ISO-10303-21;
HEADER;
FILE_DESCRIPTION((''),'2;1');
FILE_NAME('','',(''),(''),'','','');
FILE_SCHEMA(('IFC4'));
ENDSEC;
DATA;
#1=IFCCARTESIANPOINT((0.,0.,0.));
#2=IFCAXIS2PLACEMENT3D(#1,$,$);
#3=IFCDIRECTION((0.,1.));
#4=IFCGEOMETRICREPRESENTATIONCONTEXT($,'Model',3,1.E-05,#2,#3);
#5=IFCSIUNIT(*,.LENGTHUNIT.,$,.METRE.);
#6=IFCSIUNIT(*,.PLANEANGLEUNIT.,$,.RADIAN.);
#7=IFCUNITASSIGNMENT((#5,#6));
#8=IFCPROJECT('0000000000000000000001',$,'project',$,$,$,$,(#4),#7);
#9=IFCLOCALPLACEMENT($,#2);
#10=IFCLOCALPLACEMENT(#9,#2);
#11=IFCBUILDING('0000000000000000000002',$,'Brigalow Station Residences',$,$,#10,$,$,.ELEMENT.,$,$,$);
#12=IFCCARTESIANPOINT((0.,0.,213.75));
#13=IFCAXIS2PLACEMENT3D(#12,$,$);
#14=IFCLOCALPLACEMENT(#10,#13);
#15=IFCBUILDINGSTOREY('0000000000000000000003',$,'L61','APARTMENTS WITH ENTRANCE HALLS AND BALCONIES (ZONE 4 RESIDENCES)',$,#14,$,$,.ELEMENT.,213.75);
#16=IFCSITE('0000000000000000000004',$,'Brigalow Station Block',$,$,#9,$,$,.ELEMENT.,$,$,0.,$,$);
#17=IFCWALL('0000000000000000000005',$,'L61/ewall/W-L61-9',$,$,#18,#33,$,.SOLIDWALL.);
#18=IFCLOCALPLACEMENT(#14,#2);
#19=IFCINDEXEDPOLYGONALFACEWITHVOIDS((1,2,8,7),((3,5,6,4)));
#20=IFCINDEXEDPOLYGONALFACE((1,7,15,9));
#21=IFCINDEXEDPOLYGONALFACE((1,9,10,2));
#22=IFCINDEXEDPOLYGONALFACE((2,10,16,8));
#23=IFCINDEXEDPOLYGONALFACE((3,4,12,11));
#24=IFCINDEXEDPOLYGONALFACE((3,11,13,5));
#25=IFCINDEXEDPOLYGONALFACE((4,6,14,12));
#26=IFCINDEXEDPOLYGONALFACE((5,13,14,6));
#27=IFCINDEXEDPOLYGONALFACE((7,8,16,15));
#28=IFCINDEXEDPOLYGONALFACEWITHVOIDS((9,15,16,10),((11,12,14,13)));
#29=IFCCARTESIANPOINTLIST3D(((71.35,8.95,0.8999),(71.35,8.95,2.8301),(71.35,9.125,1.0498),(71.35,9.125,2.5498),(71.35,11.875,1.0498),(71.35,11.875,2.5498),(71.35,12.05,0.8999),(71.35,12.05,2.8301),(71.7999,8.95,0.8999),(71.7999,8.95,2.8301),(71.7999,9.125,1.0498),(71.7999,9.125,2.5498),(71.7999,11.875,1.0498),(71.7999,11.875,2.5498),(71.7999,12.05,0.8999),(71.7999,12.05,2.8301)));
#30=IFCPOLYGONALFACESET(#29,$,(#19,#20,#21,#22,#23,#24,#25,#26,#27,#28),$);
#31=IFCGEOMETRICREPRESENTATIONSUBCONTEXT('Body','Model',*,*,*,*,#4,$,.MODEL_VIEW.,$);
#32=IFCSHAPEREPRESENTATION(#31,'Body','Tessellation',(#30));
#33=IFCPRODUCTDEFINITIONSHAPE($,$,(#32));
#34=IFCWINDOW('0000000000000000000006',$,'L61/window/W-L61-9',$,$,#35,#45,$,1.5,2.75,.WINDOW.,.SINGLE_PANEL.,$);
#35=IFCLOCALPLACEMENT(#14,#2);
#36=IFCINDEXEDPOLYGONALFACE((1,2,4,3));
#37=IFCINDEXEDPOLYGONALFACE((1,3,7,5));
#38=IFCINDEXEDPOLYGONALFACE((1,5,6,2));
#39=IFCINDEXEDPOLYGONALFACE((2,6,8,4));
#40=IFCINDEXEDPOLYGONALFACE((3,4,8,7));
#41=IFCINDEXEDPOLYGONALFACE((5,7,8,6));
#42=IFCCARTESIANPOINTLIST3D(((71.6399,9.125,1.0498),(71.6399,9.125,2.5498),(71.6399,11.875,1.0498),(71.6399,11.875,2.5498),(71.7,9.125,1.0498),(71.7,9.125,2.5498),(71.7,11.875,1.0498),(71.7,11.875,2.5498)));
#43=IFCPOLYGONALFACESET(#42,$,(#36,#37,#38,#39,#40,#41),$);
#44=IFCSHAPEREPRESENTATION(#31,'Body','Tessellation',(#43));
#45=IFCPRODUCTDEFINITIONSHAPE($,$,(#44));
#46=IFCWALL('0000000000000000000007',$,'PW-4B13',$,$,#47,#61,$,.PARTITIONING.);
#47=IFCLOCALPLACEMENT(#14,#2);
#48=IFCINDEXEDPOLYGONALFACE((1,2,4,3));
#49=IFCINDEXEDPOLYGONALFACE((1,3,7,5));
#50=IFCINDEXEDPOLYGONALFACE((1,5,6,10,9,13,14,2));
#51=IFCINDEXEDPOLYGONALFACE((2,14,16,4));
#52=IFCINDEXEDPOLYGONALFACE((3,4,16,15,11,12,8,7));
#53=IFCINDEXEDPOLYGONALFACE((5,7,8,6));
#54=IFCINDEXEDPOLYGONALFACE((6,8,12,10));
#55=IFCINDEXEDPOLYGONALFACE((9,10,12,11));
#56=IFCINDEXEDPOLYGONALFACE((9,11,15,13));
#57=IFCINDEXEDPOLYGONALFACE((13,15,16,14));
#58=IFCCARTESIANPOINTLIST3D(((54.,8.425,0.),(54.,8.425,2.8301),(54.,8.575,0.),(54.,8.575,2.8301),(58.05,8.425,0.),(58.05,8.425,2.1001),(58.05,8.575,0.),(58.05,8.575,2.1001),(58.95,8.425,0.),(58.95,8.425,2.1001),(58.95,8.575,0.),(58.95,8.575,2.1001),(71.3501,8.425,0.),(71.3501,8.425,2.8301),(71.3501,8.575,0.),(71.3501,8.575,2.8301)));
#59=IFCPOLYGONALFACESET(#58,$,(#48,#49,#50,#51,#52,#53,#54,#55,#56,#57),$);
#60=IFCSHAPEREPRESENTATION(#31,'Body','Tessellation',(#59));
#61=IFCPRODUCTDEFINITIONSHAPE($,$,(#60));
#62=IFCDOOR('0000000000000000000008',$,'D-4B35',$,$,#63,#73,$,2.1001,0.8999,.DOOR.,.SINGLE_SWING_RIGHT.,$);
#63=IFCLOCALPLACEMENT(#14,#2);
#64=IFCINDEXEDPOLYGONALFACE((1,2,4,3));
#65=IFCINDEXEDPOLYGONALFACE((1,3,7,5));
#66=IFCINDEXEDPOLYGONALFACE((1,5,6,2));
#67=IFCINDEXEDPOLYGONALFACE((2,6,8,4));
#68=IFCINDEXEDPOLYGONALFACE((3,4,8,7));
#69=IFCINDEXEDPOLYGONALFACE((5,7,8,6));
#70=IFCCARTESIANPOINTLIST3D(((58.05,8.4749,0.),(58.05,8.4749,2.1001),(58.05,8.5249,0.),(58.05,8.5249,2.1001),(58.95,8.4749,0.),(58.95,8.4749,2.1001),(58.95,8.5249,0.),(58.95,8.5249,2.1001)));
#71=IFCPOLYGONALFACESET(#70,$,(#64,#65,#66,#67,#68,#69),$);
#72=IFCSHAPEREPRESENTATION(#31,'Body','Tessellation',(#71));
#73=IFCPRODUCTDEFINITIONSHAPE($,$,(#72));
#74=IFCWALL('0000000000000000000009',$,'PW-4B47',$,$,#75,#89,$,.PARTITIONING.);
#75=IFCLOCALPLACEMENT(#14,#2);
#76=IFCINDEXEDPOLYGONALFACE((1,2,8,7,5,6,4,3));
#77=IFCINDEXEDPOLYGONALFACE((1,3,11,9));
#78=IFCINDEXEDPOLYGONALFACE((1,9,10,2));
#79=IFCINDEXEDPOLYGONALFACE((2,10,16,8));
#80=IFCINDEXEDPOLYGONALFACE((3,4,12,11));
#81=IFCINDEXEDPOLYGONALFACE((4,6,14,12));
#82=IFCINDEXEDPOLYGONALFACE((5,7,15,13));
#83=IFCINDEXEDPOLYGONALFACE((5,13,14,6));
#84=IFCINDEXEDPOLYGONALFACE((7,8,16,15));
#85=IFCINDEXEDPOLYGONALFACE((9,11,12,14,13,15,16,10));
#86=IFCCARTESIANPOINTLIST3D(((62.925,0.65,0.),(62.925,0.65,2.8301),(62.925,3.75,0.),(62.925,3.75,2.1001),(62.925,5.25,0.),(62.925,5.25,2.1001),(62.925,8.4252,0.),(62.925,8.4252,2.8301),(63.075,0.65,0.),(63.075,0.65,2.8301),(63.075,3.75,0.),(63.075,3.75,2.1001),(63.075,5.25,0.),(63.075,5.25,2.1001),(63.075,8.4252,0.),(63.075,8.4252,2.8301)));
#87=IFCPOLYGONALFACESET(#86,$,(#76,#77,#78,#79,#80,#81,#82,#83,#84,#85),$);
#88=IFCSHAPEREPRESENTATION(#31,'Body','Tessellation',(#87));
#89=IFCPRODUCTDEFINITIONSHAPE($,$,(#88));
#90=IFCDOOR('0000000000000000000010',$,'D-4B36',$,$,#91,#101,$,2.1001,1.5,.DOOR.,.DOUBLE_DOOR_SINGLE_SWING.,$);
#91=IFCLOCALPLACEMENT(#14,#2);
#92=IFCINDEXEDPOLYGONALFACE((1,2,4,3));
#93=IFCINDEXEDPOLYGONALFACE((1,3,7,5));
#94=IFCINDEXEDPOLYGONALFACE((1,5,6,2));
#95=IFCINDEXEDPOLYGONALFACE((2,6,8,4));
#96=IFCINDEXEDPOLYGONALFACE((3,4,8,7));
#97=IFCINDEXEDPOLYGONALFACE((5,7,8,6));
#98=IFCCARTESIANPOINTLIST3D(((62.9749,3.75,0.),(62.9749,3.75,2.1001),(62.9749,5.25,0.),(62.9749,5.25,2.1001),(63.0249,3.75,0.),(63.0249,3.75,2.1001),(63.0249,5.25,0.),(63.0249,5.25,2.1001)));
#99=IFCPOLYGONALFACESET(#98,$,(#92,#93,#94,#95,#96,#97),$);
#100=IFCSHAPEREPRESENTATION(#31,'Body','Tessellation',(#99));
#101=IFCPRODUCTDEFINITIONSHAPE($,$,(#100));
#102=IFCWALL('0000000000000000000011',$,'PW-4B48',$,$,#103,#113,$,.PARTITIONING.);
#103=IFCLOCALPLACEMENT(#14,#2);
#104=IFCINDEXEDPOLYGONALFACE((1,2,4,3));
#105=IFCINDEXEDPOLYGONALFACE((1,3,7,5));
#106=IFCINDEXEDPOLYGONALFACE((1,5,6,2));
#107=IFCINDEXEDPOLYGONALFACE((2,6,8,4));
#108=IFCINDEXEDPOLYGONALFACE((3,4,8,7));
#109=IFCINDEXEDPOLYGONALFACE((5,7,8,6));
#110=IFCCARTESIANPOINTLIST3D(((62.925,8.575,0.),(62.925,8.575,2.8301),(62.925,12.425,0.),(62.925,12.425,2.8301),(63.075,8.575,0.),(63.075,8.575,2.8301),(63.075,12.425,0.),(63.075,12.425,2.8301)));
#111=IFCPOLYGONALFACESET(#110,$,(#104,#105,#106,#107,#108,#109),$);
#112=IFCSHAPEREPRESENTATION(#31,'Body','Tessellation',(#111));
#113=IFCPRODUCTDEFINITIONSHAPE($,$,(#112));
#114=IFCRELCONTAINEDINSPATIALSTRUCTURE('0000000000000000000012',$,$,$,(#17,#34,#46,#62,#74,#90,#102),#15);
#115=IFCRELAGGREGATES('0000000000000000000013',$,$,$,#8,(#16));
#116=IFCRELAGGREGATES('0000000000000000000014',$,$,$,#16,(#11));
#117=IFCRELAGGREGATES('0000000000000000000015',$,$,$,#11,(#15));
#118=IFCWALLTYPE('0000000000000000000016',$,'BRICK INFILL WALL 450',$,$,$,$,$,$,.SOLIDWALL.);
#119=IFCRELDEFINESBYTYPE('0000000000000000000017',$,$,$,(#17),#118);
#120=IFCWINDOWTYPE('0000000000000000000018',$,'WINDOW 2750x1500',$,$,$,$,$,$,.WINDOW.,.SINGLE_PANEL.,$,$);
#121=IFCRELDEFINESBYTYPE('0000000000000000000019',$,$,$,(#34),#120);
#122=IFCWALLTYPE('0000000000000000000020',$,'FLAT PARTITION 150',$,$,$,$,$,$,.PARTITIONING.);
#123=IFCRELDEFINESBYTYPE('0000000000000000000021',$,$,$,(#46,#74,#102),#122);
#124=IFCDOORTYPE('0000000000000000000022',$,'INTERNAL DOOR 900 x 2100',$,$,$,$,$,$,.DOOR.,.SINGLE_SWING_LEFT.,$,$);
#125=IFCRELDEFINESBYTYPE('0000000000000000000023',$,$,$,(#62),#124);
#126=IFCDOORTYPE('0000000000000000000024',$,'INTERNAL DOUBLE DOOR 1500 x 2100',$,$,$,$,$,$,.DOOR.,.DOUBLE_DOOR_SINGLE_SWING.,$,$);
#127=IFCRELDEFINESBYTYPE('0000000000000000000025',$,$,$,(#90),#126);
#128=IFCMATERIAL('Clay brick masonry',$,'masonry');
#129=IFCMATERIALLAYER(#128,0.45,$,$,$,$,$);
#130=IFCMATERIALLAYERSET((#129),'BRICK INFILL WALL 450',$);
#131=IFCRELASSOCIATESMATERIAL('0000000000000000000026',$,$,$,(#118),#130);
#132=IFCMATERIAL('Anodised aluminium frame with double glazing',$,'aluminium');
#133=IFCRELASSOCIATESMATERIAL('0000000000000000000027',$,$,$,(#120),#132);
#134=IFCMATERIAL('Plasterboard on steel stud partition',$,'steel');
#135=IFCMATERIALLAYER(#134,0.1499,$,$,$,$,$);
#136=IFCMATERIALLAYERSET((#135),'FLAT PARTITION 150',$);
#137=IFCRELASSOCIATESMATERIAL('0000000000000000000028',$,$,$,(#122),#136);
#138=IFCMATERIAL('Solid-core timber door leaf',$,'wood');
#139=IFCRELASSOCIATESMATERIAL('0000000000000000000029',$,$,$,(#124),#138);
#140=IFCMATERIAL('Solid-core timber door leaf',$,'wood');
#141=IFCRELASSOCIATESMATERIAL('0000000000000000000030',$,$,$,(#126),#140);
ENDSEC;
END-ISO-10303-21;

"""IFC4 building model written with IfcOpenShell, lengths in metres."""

from ifc_helpers import new_model, si_unit, direction, frame, frame_2d, origin, place, context, subcontext, project, spatial, rectangle, extrude, material, layer, layer_set, type_object, element, fill, save


model = new_model("IFC4")

# Units and contexts
model_context = context("Model", 3, precision=1e-05, world=origin(), true_north=direction((0.0, 1.0)))
body_context = subcontext(model_context, "Body", "Model", "MODEL_VIEW")
ifc_project = project(units=[si_unit("LENGTHUNIT", "METRE"), si_unit("PLANEANGLEUNIT", "RADIAN")], contexts=[model_context])

# Site, building, storey
site_placement = place(None, origin())
site = spatial("IfcSite", under=ifc_project, at=site_placement, Name="Brigalow Station Block", CompositionType="ELEMENT", RefElevation=0.0)
building_placement = place(site_placement, origin())
building = spatial("IfcBuilding", under=site, at=building_placement, Name="Brigalow Station Residences", CompositionType="ELEMENT")
storey_placement = place(building_placement, frame((0.0, 0.0, 213.75)))
storey = spatial("IfcBuildingStorey", under=building, at=storey_placement, Name="L61", Description="APARTMENTS WITH ENTRANCE HALLS AND BALCONIES (ZONE 4 RESIDENCES)", CompositionType="ELEMENT", Elevation=213.75)

# Wall, opening, window
ifc_material_1 = material(Name="Clay brick masonry", Category="masonry")
ifc_layer_1 = layer(ifc_material_1, 0.45)
ifc_layer_set_1 = layer_set([ifc_layer_1], Name="BRICK INFILL WALL 450")
wall_type_1 = type_object("IfcWallType", Name="BRICK INFILL WALL 450", PredefinedType="SOLIDWALL", material=ifc_layer_set_1)
wall_1_placement = place(storey_placement, frame((71.575, 8.95, 0.8999), z_axis=(0.0, 0.0, 1.0), x_axis=(0.0, 1.0, 0.0)))
wall_1 = element("IfcWall", 1, at=wall_1_placement, inside=storey, type_object=wall_type_1, Name="L61/ewall/W-L61-9", PredefinedType="SOLIDWALL", context=body_context, shape_type="SweptSolid", body=[
    extrude(rectangle(XDim=3.1001, YDim=0.45, at=frame_2d((1.55, 0.0))), origin(), (0.0, 0.0, 1.0), 1.9302),
])
opening_1_placement = place(wall_1_placement, frame((0.175, 0.0, 0.1499)))
opening_1 = element("IfcOpeningElement", 2, at=opening_1_placement, cuts=wall_1, PredefinedType="OPENING", context=body_context, shape_type="SweptSolid", body=[
    extrude(rectangle(XDim=2.75, YDim=1.5, at=frame_2d((1.375, 0.75))), frame((0.0, 0.2349, 0.0), z_axis=(0.0, -1.0, 0.0), x_axis=(1.0, 0.0, 0.0)), (0.0, 0.0, 1.0), 0.47),
])
ifc_material_2 = material(Name="Anodised aluminium frame with double glazing", Category="aluminium")
window_type_1 = type_object("IfcWindowType", Name="WINDOW 2750x1500", PartitioningType="SINGLE_PANEL", PredefinedType="WINDOW", material=ifc_material_2)
window_1_placement = place(opening_1_placement, origin())
window_1 = element("IfcWindow", 3, at=window_1_placement, inside=storey, type_object=window_type_1, Name="L61/window/W-L61-9", OverallHeight=1.5, OverallWidth=2.75, PartitioningType="SINGLE_PANEL", PredefinedType="WINDOW", context=body_context, shape_type="SweptSolid", body=[
    extrude(rectangle(XDim=2.75, YDim=1.5, at=frame_2d((1.375, 0.75))), frame((0.0, -0.0649, 0.0), z_axis=(0.0, -1.0, 0.0), x_axis=(1.0, 0.0, 0.0)), (0.0, 0.0, 1.0), 0.0601),
])
fill(opening_1, window_1)

# Walls, openings, doors
ifc_material_3 = material(Name="Plasterboard on steel stud partition", Category="steel")
ifc_layer_2 = layer(ifc_material_3, 0.1499)
ifc_layer_set_2 = layer_set([ifc_layer_2], Name="FLAT PARTITION 150")
wall_type_2 = type_object("IfcWallType", Name="FLAT PARTITION 150", PredefinedType="PARTITIONING", material=ifc_layer_set_2)
wall_2_placement = place(storey_placement, frame((54.0, 8.5, 0.0), z_axis=(0.0, 0.0, 1.0), x_axis=(1.0, 0.0, 0.0)))
wall_2 = element("IfcWall", 4, at=wall_2_placement, inside=storey, type_object=wall_type_2, Name="PW-4B13", PredefinedType="PARTITIONING", context=body_context, shape_type="SweptSolid", body=[
    extrude(rectangle(XDim=17.3501, YDim=0.1499, at=frame_2d((8.675, 0.0))), origin(), (0.0, 0.0, 1.0), 2.8301),
])
opening_2_placement = place(wall_2_placement, frame((4.05, 0.0, 0.0)))
opening_2 = element("IfcOpeningElement", 5, at=opening_2_placement, cuts=wall_2, PredefinedType="OPENING", context=body_context, shape_type="SweptSolid", body=[
    extrude(rectangle(XDim=0.8999, YDim=2.1001, at=frame_2d((0.45, 1.05))), frame((0.0, 0.085, 0.0), z_axis=(0.0, -1.0, 0.0), x_axis=(1.0, 0.0, 0.0)), (0.0, 0.0, 1.0), 0.1699),
])
ifc_material_4 = material(Name="Solid-core timber door leaf", Category="wood")
door_type_1 = type_object("IfcDoorType", Name="INTERNAL DOOR 900 x 2100", OperationType="SINGLE_SWING_LEFT", PredefinedType="DOOR", material=ifc_material_4)
door_1_placement = place(opening_2_placement, origin())
door_1 = element("IfcDoor", 6, at=door_1_placement, inside=storey, type_object=door_type_1, Name="D-4B35", OperationType="SINGLE_SWING_RIGHT", OverallHeight=2.1001, OverallWidth=0.8999, PredefinedType="DOOR", context=body_context, shape_type="SweptSolid", body=[
    extrude(rectangle(XDim=0.8999, YDim=2.1001, at=frame_2d((0.45, 1.05))), frame((0.0, 0.0249, 0.0), z_axis=(0.0, -1.0, 0.0), x_axis=(1.0, 0.0, 0.0)), (0.0, 0.0, 1.0), 0.05),
])
fill(opening_2, door_1)
wall_3_placement = place(storey_placement, frame((63.0, 0.6499, 0.0), z_axis=(0.0, 0.0, 1.0), x_axis=(0.0, 1.0, 0.0)))
wall_3 = element("IfcWall", 7, at=wall_3_placement, inside=storey, type_object=wall_type_2, Name="PW-4B47", PredefinedType="PARTITIONING", context=body_context, shape_type="SweptSolid", body=[
    extrude(rectangle(XDim=7.7751, YDim=0.1499, at=frame_2d((3.8877, 0.0))), origin(), (0.0, 0.0, 1.0), 2.8301),
])
opening_3_placement = place(wall_3_placement, frame((3.1001, 0.0, 0.0)))
opening_3 = element("IfcOpeningElement", 8, at=opening_3_placement, cuts=wall_3, PredefinedType="OPENING", context=body_context, shape_type="SweptSolid", body=[
    extrude(rectangle(XDim=1.5, YDim=2.1001, at=frame_2d((0.75, 1.05))), frame((0.0, 0.085, 0.0), z_axis=(0.0, -1.0, 0.0), x_axis=(1.0, 0.0, 0.0)), (0.0, 0.0, 1.0), 0.1699),
])
ifc_material_5 = material(Name="Solid-core timber door leaf", Category="wood")
door_type_2 = type_object("IfcDoorType", Name="INTERNAL DOUBLE DOOR 1500 x 2100", OperationType="DOUBLE_DOOR_SINGLE_SWING", PredefinedType="DOOR", material=ifc_material_5)
door_2_placement = place(opening_3_placement, frame((1.5, 0.0, 0.0), z_axis=(0.0, 0.0, 1.0), x_axis=(-1.0, 0.0, 0.0)))
door_2 = element("IfcDoor", 9, at=door_2_placement, inside=storey, type_object=door_type_2, Name="D-4B36", OperationType="DOUBLE_DOOR_SINGLE_SWING", OverallHeight=2.1001, OverallWidth=1.5, PredefinedType="DOOR", context=body_context, shape_type="SweptSolid", body=[
    extrude(rectangle(XDim=1.5, YDim=2.1001, at=frame_2d((0.75, 1.05))), frame((0.0, 0.0249, 0.0), z_axis=(0.0, -1.0, 0.0), x_axis=(1.0, 0.0, 0.0)), (0.0, 0.0, 1.0), 0.05),
])
fill(opening_3, door_2)

# Wall
wall_4_placement = place(storey_placement, frame((63.0, 8.575, 0.0), z_axis=(0.0, 0.0, 1.0), x_axis=(0.0, 1.0, 0.0)))
element("IfcWall", 10, at=wall_4_placement, inside=storey, type_object=wall_type_2, Name="PW-4B48", PredefinedType="PARTITIONING", context=body_context, shape_type="SweptSolid", body=[
    extrude(rectangle(XDim=3.8501, YDim=0.1499, at=frame_2d((1.925, 0.0))), origin(), (0.0, 0.0, 1.0), 2.8301),
])

save(model, "model.ifc")
